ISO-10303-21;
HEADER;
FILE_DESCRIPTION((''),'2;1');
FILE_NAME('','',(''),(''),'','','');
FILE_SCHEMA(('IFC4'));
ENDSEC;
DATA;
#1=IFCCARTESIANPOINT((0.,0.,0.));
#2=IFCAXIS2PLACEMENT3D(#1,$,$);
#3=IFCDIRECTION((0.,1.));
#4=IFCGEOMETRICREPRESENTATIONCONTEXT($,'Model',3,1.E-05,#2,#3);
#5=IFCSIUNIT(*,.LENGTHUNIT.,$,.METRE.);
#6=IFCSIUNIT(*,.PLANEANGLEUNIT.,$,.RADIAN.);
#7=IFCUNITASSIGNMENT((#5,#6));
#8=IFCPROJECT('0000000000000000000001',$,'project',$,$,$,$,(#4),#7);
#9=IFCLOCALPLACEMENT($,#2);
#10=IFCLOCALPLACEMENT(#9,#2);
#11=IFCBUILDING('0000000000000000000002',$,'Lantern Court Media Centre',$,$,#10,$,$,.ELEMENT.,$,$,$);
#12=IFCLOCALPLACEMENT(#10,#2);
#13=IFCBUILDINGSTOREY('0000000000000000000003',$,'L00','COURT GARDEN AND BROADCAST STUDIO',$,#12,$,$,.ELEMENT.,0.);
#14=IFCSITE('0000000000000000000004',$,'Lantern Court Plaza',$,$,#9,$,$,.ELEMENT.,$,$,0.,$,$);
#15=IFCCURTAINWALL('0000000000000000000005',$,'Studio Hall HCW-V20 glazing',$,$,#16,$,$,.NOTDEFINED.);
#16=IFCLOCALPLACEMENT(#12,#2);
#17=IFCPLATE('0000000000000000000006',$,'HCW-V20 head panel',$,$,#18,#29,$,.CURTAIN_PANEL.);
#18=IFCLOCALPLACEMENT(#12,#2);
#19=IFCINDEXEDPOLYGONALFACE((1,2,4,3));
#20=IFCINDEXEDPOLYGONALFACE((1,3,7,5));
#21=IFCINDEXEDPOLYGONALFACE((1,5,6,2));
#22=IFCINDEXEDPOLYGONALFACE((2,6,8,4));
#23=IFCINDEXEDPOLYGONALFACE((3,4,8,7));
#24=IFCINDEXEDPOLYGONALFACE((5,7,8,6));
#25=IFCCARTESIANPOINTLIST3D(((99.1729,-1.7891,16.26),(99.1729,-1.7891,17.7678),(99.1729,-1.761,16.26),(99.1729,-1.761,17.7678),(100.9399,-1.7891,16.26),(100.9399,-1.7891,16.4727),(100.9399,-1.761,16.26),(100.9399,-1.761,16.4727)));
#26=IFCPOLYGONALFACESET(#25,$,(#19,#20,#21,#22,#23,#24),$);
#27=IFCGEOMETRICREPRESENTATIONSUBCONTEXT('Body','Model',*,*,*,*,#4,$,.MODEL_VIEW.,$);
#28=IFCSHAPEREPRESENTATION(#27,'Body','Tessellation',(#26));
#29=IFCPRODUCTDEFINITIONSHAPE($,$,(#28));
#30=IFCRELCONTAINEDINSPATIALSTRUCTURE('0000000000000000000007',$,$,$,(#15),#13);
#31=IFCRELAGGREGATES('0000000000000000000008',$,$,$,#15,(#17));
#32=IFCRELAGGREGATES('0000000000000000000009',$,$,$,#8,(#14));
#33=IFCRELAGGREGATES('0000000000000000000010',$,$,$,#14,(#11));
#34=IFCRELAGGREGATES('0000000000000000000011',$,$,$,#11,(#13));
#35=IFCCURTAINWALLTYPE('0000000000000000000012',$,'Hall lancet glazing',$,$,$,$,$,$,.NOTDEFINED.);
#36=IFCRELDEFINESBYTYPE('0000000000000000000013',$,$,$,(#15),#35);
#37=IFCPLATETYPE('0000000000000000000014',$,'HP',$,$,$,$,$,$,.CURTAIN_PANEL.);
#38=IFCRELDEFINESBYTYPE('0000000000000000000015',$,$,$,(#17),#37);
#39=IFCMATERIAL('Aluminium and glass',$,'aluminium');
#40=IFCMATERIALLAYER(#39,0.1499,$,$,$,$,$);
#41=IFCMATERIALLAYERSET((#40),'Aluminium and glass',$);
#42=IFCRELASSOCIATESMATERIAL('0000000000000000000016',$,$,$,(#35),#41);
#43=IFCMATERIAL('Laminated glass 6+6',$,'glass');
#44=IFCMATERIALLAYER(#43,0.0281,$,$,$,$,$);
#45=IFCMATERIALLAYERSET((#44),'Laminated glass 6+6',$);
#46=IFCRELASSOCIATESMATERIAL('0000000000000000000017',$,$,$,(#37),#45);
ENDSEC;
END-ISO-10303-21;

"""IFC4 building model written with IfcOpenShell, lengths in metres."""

from ifc_helpers import new_model, si_unit, direction, frame, origin, place, context, subcontext, project, spatial, polyline, outline, extrude, material, layer, layer_set, type_object, element, aggregate, save


model = new_model("IFC4")

# Units and contexts
model_context = context("Model", 3, precision=1e-05, world=origin(), true_north=direction((0.0, 1.0)))
body_context = subcontext(model_context, "Body", "Model", "MODEL_VIEW")
ifc_project = project(units=[si_unit("LENGTHUNIT", "METRE"), si_unit("PLANEANGLEUNIT", "RADIAN")], contexts=[model_context])

# Site, building, storey
site_placement = place(None, origin())
site = spatial("IfcSite", under=ifc_project, at=site_placement, Name="Lantern Court Plaza", CompositionType="ELEMENT", RefElevation=0.0)
building_placement = place(site_placement, origin())
building = spatial("IfcBuilding", under=site, at=building_placement, Name="Lantern Court Media Centre", CompositionType="ELEMENT")
storey_placement = place(building_placement, origin())
storey = spatial("IfcBuildingStorey", under=building, at=storey_placement, Name="L00", Description="COURT GARDEN AND BROADCAST STUDIO", CompositionType="ELEMENT", Elevation=0.0)

# Curtain wall, plate
ifc_material_1 = material(Name="Aluminium and glass", Category="aluminium")
ifc_layer_1 = layer(ifc_material_1, 0.1499)
ifc_layer_set_1 = layer_set([ifc_layer_1], Name="Aluminium and glass")
curtain_wall_type = type_object("IfcCurtainWallType", Name="Hall lancet glazing", PredefinedType="NOTDEFINED", material=ifc_layer_set_1)
curtain_wall_placement = place(storey_placement, origin())
curtain_wall = element("IfcCurtainWall", 1, at=curtain_wall_placement, inside=storey, type_object=curtain_wall_type, Name="Studio Hall HCW-V20 glazing", PredefinedType="NOTDEFINED")
ifc_material_2 = material(Name="Laminated glass 6+6", Category="glass")
ifc_layer_2 = layer(ifc_material_2, 0.0281)
ifc_layer_set_2 = layer_set([ifc_layer_2], Name="Laminated glass 6+6")
plate_type = type_object("IfcPlateType", Name="HP", PredefinedType="CURTAIN_PANEL", material=ifc_layer_set_2)
plate_1_placement = place(storey_placement, frame((99.1729, -1.7891, 16.26), z_axis=(0.0, -1.0, 0.0), x_axis=(1.0, 0.0, 0.0)))
plate_1 = element("IfcPlate", 2, at=plate_1_placement, type_object=plate_type, Name="HCW-V20 head panel", PredefinedType="CURTAIN_PANEL", context=body_context, shape_type="SweptSolid", body=[
    extrude(outline(polyline([(0.0, 0.0), (1.7671, 0.0), (1.7671, 0.2126), (0.0, 1.5078), (0.0, 0.0)])), origin(), (0.0, 0.0, -1.0), 0.0281),
])
aggregate(curtain_wall, [plate_1])

save(model, "model.ifc")
